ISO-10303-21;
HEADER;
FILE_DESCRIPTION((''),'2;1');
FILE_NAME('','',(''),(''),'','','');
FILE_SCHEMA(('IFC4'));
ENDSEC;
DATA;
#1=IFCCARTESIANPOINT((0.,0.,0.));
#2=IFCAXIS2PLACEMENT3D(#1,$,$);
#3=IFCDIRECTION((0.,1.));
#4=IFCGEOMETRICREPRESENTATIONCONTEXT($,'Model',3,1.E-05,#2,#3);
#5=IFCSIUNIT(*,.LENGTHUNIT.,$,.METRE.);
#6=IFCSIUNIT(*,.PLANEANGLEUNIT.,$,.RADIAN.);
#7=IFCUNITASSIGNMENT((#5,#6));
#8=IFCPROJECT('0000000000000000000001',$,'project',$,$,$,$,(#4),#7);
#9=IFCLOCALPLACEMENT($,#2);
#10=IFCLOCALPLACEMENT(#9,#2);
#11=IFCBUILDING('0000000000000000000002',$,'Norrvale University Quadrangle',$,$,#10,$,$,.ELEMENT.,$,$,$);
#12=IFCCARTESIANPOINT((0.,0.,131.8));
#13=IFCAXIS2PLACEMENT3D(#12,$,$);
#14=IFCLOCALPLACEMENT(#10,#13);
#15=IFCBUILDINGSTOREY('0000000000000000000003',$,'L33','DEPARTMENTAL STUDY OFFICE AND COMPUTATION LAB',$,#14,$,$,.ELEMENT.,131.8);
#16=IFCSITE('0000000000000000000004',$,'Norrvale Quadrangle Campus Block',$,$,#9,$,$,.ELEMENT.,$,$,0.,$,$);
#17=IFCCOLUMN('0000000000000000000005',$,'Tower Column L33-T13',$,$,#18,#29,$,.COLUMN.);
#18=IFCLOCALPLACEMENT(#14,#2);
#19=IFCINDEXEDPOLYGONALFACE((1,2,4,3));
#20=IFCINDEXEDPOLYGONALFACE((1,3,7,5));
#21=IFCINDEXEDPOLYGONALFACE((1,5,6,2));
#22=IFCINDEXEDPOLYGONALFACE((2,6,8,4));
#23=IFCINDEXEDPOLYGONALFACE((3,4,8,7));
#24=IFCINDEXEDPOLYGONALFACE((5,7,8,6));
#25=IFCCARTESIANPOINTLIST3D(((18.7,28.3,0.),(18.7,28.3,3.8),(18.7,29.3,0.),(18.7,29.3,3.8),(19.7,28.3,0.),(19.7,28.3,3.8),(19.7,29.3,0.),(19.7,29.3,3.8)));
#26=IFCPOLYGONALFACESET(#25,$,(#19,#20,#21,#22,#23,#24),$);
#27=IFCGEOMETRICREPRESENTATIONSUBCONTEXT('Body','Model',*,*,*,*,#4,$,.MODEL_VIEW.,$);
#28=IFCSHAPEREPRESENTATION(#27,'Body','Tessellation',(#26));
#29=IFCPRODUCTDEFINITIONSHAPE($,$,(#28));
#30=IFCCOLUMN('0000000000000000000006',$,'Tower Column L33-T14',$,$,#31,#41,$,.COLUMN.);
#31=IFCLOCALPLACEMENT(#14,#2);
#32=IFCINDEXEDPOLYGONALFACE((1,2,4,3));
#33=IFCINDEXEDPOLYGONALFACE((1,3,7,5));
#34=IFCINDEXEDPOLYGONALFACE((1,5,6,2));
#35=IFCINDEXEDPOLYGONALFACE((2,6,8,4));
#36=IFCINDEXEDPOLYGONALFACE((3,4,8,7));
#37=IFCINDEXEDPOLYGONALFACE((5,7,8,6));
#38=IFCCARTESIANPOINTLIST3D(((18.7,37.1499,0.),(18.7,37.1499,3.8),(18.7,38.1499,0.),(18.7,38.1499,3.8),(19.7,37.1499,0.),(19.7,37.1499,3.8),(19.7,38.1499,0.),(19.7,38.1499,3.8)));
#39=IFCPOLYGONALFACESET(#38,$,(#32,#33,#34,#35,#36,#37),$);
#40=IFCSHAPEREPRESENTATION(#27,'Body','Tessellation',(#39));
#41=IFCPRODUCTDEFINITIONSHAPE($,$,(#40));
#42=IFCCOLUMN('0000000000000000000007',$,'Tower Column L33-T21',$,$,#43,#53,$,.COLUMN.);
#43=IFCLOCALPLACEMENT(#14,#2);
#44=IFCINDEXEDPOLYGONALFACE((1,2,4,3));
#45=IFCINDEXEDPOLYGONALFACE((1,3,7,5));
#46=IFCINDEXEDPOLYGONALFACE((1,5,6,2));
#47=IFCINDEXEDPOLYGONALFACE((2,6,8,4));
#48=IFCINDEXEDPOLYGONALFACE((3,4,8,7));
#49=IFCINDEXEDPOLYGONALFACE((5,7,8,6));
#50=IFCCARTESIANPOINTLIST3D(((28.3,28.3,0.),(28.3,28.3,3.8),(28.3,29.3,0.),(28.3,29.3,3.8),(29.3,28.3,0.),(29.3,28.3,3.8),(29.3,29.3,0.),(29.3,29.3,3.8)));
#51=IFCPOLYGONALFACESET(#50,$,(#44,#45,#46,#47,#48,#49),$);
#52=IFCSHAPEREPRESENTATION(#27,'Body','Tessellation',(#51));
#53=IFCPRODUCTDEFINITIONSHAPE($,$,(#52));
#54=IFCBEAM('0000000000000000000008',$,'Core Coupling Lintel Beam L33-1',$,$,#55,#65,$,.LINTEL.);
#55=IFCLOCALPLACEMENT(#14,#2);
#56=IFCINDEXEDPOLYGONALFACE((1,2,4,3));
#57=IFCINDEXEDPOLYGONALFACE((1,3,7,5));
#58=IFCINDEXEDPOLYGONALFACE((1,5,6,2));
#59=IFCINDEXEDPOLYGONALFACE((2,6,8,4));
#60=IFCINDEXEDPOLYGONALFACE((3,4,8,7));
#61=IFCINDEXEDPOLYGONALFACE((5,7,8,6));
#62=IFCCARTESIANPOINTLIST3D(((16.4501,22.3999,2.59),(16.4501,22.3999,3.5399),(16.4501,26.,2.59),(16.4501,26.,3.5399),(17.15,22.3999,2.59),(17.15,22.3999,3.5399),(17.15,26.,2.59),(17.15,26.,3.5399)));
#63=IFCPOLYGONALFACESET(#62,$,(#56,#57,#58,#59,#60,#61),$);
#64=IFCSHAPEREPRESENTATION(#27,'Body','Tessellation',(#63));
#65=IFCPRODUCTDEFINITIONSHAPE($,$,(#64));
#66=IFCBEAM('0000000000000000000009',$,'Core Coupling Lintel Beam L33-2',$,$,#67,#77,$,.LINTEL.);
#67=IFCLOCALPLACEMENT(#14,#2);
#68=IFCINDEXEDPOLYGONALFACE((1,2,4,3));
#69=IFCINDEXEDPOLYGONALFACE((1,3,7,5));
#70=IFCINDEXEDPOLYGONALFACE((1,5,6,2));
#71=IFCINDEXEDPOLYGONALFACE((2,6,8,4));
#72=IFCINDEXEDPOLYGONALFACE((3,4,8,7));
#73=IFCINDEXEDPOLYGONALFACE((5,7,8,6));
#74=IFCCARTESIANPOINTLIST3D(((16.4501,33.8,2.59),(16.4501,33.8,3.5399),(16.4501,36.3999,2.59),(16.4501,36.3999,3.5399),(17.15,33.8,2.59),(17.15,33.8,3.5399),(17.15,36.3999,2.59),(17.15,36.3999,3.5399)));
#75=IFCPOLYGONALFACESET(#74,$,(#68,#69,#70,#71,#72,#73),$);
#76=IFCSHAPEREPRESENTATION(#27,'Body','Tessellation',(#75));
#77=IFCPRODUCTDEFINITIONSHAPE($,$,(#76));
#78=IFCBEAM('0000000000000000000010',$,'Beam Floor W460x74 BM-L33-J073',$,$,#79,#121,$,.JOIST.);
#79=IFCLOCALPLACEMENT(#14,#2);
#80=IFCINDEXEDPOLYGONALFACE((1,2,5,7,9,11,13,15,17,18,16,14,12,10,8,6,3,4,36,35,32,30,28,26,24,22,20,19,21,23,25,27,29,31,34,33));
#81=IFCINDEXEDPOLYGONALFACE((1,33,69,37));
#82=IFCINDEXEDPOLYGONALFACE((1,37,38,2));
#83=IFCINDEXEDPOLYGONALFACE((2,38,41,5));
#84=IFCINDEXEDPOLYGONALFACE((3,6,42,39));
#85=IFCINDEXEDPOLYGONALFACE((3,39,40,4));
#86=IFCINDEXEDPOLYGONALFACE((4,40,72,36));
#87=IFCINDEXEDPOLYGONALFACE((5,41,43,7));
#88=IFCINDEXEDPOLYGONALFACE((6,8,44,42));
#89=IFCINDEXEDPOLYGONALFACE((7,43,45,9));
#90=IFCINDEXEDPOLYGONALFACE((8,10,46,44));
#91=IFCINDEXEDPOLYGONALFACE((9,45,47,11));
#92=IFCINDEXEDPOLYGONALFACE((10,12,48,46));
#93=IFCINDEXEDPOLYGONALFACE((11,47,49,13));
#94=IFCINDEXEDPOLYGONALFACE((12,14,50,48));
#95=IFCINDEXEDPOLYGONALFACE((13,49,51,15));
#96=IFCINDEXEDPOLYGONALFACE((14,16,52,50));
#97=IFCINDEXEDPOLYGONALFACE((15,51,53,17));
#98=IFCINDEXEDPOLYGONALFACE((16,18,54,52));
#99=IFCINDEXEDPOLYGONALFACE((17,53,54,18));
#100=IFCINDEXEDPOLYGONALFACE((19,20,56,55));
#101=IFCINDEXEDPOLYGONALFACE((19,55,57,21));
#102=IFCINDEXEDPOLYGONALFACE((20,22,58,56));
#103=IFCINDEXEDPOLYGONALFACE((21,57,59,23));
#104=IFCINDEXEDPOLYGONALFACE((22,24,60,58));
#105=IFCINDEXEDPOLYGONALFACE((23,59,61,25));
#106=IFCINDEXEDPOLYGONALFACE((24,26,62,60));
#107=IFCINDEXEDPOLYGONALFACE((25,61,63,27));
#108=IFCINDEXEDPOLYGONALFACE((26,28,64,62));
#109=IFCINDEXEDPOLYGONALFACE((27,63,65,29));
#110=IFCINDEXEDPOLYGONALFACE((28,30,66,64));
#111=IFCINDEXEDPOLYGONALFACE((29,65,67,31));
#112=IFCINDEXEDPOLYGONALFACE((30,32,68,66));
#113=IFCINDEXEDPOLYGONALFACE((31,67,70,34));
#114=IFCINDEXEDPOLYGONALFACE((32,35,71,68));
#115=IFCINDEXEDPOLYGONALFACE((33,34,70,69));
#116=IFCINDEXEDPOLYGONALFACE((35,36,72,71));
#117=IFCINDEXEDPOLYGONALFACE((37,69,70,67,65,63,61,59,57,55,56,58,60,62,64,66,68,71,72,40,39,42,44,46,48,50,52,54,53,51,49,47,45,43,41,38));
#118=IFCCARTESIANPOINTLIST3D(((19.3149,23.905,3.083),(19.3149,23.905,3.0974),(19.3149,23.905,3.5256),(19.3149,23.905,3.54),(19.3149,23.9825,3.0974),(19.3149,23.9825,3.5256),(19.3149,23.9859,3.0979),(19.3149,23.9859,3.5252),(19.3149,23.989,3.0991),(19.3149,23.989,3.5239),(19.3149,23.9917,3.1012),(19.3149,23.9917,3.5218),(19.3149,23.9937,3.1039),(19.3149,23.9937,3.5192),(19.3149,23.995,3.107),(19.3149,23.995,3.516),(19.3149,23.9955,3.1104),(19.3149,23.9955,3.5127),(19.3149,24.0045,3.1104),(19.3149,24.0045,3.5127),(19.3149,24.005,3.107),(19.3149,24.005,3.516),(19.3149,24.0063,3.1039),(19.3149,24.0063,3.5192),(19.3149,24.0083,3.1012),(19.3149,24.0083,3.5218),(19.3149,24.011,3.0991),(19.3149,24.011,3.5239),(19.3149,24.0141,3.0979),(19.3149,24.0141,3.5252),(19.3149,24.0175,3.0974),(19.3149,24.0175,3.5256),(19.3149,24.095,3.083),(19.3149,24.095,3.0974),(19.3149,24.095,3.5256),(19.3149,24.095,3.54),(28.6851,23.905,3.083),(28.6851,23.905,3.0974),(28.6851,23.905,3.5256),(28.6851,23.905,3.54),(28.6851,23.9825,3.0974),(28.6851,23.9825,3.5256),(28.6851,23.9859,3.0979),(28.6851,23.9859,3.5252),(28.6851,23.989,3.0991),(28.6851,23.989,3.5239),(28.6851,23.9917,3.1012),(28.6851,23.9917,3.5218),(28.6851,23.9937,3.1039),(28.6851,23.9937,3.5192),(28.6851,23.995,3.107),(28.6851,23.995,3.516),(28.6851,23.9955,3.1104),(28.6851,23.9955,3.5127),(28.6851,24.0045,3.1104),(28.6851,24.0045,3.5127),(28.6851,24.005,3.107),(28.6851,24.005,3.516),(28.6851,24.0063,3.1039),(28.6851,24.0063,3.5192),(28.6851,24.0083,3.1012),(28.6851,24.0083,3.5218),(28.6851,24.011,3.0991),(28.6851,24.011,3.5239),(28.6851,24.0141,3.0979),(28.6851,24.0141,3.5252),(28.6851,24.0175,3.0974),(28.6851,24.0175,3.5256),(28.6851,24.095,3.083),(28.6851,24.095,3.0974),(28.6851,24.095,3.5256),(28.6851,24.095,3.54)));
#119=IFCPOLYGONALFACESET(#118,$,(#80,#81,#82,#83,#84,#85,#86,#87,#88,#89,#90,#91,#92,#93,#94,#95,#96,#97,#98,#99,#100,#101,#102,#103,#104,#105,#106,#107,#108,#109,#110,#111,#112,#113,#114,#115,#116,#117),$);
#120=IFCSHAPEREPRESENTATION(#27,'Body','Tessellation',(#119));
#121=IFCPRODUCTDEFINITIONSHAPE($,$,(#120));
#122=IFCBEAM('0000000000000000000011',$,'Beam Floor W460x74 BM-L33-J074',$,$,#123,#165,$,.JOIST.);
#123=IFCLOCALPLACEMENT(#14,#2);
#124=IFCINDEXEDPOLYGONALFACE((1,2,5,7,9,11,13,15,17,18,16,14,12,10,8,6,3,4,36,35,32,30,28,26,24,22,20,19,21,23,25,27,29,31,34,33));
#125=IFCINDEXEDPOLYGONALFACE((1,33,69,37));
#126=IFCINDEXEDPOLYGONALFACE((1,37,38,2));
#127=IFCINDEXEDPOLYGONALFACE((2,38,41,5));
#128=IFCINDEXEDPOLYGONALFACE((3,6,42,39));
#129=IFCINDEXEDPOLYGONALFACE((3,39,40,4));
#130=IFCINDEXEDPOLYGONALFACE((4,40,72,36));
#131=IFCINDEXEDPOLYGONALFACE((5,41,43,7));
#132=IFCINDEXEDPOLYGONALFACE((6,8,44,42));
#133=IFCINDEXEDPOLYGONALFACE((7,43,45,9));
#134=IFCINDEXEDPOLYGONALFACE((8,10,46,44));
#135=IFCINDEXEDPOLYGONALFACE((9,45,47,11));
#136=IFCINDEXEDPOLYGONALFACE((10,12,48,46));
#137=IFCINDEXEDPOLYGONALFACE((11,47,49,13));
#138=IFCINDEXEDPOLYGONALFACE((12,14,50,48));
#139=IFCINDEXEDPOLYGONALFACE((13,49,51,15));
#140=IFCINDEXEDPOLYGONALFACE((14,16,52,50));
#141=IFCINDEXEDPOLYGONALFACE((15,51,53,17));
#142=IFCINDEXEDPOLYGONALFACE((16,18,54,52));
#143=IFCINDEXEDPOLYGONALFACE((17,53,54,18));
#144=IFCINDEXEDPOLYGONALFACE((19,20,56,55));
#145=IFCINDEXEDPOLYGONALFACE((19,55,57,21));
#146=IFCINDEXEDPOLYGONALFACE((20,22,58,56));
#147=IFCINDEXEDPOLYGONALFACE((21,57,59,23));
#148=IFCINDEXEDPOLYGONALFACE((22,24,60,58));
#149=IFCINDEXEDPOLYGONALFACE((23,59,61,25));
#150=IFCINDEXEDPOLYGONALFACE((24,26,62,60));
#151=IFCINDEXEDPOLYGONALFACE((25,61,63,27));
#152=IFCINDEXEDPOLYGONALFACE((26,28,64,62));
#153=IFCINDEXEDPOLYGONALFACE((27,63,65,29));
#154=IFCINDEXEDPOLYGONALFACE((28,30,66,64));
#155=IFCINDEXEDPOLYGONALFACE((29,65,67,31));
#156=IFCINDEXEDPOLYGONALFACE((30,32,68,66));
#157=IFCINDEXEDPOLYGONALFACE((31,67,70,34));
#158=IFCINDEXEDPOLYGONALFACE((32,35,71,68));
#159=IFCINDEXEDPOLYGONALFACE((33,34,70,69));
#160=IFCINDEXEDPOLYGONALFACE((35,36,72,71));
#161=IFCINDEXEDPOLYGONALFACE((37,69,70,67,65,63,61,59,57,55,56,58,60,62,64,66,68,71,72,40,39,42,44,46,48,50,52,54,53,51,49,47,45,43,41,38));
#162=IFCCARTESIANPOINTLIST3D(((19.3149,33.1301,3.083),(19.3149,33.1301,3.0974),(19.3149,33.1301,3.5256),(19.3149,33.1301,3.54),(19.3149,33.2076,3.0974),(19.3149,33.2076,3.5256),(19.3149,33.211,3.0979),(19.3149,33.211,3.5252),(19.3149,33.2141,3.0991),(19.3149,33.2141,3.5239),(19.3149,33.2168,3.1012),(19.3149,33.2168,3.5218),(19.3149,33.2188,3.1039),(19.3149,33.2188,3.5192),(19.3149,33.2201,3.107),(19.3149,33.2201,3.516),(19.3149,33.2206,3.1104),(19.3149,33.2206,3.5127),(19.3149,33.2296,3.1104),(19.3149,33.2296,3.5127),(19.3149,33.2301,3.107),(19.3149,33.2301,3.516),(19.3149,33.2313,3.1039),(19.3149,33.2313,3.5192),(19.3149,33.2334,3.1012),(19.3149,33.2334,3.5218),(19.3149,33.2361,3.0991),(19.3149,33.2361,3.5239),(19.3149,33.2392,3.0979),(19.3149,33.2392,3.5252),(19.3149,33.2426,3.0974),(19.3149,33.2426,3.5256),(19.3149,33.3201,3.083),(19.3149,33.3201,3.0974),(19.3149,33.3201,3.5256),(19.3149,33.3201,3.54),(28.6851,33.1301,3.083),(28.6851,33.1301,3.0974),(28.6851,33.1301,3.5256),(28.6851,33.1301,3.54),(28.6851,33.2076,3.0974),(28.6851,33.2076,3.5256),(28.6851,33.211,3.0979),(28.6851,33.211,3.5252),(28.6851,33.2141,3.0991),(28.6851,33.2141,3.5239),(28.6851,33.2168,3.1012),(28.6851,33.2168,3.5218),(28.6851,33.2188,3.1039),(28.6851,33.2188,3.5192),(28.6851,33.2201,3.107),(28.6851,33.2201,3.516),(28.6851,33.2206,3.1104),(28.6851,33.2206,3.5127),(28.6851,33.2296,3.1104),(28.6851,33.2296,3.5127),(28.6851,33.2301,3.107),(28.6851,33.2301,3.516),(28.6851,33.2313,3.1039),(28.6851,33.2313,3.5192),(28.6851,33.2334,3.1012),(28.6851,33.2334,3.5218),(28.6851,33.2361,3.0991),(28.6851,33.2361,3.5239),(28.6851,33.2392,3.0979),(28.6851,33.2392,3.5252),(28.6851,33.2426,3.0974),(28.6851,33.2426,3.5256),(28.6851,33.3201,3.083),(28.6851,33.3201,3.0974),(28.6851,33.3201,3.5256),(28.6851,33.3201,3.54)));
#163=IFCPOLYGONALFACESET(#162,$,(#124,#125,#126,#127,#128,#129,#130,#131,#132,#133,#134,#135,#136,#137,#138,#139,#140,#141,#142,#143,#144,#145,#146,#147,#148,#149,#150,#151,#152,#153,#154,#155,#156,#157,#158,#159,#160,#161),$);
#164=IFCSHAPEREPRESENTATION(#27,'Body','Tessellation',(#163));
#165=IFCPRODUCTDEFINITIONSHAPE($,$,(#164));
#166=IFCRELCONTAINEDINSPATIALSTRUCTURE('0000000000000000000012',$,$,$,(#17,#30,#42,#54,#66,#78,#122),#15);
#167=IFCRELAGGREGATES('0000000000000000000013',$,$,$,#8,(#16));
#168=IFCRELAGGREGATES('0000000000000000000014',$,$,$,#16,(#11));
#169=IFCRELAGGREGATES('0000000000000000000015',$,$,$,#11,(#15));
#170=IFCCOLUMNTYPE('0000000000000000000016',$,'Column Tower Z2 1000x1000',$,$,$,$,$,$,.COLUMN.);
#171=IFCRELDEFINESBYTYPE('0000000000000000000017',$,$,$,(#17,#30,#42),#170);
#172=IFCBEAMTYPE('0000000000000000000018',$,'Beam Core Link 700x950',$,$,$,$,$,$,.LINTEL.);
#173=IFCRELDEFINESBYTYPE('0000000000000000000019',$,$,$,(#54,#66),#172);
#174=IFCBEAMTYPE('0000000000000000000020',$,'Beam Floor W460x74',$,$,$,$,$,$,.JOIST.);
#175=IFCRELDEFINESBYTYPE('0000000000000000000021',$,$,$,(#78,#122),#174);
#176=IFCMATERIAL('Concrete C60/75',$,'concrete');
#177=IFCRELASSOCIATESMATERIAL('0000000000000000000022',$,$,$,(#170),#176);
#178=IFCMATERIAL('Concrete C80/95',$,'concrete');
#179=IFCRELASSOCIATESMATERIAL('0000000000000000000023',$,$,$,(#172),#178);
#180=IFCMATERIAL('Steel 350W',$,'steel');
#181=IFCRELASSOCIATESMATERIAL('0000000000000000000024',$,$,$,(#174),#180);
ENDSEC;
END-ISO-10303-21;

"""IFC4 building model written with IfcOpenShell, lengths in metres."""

from ifc_helpers import new_model, si_unit, direction, frame, origin, origin_2d, place, context, subcontext, project, spatial, rectangle, i_section, extrude, material, material_profile, profile_set, type_object, element, save


model = new_model("IFC4")

# Units and contexts
model_context = context("Model", 3, precision=1e-05, world=origin(), true_north=direction((0.0, 1.0)))
body_context = subcontext(model_context, "Body", "Model", "MODEL_VIEW")
ifc_project = project(units=[si_unit("LENGTHUNIT", "METRE"), si_unit("PLANEANGLEUNIT", "RADIAN")], contexts=[model_context])

# Site, building, storey
site_placement = place(None, origin())
site = spatial("IfcSite", under=ifc_project, at=site_placement, Name="Norrvale Quadrangle Campus Block", CompositionType="ELEMENT", RefElevation=0.0)
building_placement = place(site_placement, origin())
building = spatial("IfcBuilding", under=site, at=building_placement, Name="Norrvale University Quadrangle", CompositionType="ELEMENT")
storey_placement = place(building_placement, frame((0.0, 0.0, 131.8)))
storey = spatial("IfcBuildingStorey", under=building, at=storey_placement, Name="L33", Description="DEPARTMENTAL STUDY OFFICE AND COMPUTATION LAB", CompositionType="ELEMENT", Elevation=131.8)

# Columns
ifc_material_1 = material(Name="Concrete C60/75", Category="concrete")
ifc_material_profile_1 = material_profile(ifc_material_1, rectangle(XDim=1.0, YDim=1.0, at=origin_2d()), Name="Concrete C60/75")
ifc_profile_set_1 = profile_set([ifc_material_profile_1], Name="Concrete C60/75")
column_type = type_object("IfcColumnType", Name="Column Tower Z2 1000x1000", PredefinedType="COLUMN", material=ifc_profile_set_1)
for number, where, z_axis, x_axis, name in (
    (1, (19.2, 28.8, 0.0), (0.0, 0.0, 1.0), (1.0, 0.0, 0.0), "Tower Column L33-T13"),
    (2, (19.2, 37.6499, 0.0), (0.0, 0.0, 1.0), (1.0, 0.0, 0.0), "Tower Column L33-T14"),
    (3, (28.8, 28.8, 0.0), (0.0, 0.0, 1.0), (1.0, 0.0, 0.0), "Tower Column L33-T21"),
):
    element("IfcColumn", number, at=place(storey_placement, frame(where, z_axis=z_axis, x_axis=x_axis)), inside=storey, type_object=column_type, Name=name, PredefinedType="COLUMN", context=body_context, shape_type="SweptSolid", body=[
        extrude(rectangle(XDim=1.0, YDim=1.0, at=origin_2d()), origin(), (0.0, 0.0, 1.0), 3.8),
    ])

# Beams
ifc_material_2 = material(Name="Concrete C80/95", Category="concrete")
ifc_material_profile_2 = material_profile(ifc_material_2, rectangle(XDim=0.7, YDim=0.95, at=origin_2d()), Name="Concrete C80/95")
ifc_profile_set_2 = profile_set([ifc_material_profile_2], Name="Concrete C80/95")
beam_type_1 = type_object("IfcBeamType", Name="Beam Core Link 700x950", PredefinedType="LINTEL", material=ifc_profile_set_2)
beam_1_placement = place(storey_placement, frame((16.8, 22.3999, 3.0649), z_axis=(0.0, 1.0, 0.0), x_axis=(-1.0, 0.0, 0.0)))
element("IfcBeam", 4, at=beam_1_placement, inside=storey, type_object=beam_type_1, Name="Core Coupling Lintel Beam L33-1", PredefinedType="LINTEL", context=body_context, shape_type="SweptSolid", body=[
    extrude(rectangle(XDim=0.7, YDim=0.95, at=origin_2d()), origin(), (0.0, 0.0, 1.0), 3.6001),
])
beam_2_placement = place(storey_placement, frame((16.8, 33.8, 3.0649), z_axis=(0.0, 1.0, 0.0), x_axis=(-1.0, 0.0, 0.0)))
element("IfcBeam", 5, at=beam_2_placement, inside=storey, type_object=beam_type_1, Name="Core Coupling Lintel Beam L33-2", PredefinedType="LINTEL", context=body_context, shape_type="SweptSolid", body=[
    extrude(rectangle(XDim=0.7, YDim=0.95, at=origin_2d()), origin(), (0.0, 0.0, 1.0), 2.5999),
])
ifc_material_3 = material(Name="Steel 350W", Category="steel")
ifc_material_profile_3 = material_profile(ifc_material_3, i_section(OverallWidth=0.1899, OverallDepth=0.457, WebThickness=0.009, FlangeThickness=0.0144, FilletRadius=0.0129, at=origin_2d()), Name="Steel 350W")
ifc_profile_set_3 = profile_set([ifc_material_profile_3], Name="Steel 350W")
beam_type_2 = type_object("IfcBeamType", Name="Beam Floor W460x74", PredefinedType="JOIST", material=ifc_profile_set_3)
for number, where, z_axis, x_axis, name in (
    (6, (19.3149, 24.0, 3.3115), (1.0, 0.0, 0.0), (0.0, 1.0, 0.0), "Beam Floor W460x74 BM-L33-J073"),
    (7, (19.3149, 33.2251, 3.3115), (1.0, 0.0, 0.0), (0.0, 1.0, 0.0), "Beam Floor W460x74 BM-L33-J074"),
):
    element("IfcBeam", number, at=place(storey_placement, frame(where, z_axis=z_axis, x_axis=x_axis)), inside=storey, type_object=beam_type_2, Name=name, PredefinedType="JOIST", context=body_context, shape_type="SweptSolid", body=[
        extrude(i_section(OverallWidth=0.1899, OverallDepth=0.457, WebThickness=0.009, FlangeThickness=0.0144, FilletRadius=0.0129, at=origin_2d()), origin(), (0.0, 0.0, 1.0), 9.3701),
    ])

save(model, "model.ifc")
